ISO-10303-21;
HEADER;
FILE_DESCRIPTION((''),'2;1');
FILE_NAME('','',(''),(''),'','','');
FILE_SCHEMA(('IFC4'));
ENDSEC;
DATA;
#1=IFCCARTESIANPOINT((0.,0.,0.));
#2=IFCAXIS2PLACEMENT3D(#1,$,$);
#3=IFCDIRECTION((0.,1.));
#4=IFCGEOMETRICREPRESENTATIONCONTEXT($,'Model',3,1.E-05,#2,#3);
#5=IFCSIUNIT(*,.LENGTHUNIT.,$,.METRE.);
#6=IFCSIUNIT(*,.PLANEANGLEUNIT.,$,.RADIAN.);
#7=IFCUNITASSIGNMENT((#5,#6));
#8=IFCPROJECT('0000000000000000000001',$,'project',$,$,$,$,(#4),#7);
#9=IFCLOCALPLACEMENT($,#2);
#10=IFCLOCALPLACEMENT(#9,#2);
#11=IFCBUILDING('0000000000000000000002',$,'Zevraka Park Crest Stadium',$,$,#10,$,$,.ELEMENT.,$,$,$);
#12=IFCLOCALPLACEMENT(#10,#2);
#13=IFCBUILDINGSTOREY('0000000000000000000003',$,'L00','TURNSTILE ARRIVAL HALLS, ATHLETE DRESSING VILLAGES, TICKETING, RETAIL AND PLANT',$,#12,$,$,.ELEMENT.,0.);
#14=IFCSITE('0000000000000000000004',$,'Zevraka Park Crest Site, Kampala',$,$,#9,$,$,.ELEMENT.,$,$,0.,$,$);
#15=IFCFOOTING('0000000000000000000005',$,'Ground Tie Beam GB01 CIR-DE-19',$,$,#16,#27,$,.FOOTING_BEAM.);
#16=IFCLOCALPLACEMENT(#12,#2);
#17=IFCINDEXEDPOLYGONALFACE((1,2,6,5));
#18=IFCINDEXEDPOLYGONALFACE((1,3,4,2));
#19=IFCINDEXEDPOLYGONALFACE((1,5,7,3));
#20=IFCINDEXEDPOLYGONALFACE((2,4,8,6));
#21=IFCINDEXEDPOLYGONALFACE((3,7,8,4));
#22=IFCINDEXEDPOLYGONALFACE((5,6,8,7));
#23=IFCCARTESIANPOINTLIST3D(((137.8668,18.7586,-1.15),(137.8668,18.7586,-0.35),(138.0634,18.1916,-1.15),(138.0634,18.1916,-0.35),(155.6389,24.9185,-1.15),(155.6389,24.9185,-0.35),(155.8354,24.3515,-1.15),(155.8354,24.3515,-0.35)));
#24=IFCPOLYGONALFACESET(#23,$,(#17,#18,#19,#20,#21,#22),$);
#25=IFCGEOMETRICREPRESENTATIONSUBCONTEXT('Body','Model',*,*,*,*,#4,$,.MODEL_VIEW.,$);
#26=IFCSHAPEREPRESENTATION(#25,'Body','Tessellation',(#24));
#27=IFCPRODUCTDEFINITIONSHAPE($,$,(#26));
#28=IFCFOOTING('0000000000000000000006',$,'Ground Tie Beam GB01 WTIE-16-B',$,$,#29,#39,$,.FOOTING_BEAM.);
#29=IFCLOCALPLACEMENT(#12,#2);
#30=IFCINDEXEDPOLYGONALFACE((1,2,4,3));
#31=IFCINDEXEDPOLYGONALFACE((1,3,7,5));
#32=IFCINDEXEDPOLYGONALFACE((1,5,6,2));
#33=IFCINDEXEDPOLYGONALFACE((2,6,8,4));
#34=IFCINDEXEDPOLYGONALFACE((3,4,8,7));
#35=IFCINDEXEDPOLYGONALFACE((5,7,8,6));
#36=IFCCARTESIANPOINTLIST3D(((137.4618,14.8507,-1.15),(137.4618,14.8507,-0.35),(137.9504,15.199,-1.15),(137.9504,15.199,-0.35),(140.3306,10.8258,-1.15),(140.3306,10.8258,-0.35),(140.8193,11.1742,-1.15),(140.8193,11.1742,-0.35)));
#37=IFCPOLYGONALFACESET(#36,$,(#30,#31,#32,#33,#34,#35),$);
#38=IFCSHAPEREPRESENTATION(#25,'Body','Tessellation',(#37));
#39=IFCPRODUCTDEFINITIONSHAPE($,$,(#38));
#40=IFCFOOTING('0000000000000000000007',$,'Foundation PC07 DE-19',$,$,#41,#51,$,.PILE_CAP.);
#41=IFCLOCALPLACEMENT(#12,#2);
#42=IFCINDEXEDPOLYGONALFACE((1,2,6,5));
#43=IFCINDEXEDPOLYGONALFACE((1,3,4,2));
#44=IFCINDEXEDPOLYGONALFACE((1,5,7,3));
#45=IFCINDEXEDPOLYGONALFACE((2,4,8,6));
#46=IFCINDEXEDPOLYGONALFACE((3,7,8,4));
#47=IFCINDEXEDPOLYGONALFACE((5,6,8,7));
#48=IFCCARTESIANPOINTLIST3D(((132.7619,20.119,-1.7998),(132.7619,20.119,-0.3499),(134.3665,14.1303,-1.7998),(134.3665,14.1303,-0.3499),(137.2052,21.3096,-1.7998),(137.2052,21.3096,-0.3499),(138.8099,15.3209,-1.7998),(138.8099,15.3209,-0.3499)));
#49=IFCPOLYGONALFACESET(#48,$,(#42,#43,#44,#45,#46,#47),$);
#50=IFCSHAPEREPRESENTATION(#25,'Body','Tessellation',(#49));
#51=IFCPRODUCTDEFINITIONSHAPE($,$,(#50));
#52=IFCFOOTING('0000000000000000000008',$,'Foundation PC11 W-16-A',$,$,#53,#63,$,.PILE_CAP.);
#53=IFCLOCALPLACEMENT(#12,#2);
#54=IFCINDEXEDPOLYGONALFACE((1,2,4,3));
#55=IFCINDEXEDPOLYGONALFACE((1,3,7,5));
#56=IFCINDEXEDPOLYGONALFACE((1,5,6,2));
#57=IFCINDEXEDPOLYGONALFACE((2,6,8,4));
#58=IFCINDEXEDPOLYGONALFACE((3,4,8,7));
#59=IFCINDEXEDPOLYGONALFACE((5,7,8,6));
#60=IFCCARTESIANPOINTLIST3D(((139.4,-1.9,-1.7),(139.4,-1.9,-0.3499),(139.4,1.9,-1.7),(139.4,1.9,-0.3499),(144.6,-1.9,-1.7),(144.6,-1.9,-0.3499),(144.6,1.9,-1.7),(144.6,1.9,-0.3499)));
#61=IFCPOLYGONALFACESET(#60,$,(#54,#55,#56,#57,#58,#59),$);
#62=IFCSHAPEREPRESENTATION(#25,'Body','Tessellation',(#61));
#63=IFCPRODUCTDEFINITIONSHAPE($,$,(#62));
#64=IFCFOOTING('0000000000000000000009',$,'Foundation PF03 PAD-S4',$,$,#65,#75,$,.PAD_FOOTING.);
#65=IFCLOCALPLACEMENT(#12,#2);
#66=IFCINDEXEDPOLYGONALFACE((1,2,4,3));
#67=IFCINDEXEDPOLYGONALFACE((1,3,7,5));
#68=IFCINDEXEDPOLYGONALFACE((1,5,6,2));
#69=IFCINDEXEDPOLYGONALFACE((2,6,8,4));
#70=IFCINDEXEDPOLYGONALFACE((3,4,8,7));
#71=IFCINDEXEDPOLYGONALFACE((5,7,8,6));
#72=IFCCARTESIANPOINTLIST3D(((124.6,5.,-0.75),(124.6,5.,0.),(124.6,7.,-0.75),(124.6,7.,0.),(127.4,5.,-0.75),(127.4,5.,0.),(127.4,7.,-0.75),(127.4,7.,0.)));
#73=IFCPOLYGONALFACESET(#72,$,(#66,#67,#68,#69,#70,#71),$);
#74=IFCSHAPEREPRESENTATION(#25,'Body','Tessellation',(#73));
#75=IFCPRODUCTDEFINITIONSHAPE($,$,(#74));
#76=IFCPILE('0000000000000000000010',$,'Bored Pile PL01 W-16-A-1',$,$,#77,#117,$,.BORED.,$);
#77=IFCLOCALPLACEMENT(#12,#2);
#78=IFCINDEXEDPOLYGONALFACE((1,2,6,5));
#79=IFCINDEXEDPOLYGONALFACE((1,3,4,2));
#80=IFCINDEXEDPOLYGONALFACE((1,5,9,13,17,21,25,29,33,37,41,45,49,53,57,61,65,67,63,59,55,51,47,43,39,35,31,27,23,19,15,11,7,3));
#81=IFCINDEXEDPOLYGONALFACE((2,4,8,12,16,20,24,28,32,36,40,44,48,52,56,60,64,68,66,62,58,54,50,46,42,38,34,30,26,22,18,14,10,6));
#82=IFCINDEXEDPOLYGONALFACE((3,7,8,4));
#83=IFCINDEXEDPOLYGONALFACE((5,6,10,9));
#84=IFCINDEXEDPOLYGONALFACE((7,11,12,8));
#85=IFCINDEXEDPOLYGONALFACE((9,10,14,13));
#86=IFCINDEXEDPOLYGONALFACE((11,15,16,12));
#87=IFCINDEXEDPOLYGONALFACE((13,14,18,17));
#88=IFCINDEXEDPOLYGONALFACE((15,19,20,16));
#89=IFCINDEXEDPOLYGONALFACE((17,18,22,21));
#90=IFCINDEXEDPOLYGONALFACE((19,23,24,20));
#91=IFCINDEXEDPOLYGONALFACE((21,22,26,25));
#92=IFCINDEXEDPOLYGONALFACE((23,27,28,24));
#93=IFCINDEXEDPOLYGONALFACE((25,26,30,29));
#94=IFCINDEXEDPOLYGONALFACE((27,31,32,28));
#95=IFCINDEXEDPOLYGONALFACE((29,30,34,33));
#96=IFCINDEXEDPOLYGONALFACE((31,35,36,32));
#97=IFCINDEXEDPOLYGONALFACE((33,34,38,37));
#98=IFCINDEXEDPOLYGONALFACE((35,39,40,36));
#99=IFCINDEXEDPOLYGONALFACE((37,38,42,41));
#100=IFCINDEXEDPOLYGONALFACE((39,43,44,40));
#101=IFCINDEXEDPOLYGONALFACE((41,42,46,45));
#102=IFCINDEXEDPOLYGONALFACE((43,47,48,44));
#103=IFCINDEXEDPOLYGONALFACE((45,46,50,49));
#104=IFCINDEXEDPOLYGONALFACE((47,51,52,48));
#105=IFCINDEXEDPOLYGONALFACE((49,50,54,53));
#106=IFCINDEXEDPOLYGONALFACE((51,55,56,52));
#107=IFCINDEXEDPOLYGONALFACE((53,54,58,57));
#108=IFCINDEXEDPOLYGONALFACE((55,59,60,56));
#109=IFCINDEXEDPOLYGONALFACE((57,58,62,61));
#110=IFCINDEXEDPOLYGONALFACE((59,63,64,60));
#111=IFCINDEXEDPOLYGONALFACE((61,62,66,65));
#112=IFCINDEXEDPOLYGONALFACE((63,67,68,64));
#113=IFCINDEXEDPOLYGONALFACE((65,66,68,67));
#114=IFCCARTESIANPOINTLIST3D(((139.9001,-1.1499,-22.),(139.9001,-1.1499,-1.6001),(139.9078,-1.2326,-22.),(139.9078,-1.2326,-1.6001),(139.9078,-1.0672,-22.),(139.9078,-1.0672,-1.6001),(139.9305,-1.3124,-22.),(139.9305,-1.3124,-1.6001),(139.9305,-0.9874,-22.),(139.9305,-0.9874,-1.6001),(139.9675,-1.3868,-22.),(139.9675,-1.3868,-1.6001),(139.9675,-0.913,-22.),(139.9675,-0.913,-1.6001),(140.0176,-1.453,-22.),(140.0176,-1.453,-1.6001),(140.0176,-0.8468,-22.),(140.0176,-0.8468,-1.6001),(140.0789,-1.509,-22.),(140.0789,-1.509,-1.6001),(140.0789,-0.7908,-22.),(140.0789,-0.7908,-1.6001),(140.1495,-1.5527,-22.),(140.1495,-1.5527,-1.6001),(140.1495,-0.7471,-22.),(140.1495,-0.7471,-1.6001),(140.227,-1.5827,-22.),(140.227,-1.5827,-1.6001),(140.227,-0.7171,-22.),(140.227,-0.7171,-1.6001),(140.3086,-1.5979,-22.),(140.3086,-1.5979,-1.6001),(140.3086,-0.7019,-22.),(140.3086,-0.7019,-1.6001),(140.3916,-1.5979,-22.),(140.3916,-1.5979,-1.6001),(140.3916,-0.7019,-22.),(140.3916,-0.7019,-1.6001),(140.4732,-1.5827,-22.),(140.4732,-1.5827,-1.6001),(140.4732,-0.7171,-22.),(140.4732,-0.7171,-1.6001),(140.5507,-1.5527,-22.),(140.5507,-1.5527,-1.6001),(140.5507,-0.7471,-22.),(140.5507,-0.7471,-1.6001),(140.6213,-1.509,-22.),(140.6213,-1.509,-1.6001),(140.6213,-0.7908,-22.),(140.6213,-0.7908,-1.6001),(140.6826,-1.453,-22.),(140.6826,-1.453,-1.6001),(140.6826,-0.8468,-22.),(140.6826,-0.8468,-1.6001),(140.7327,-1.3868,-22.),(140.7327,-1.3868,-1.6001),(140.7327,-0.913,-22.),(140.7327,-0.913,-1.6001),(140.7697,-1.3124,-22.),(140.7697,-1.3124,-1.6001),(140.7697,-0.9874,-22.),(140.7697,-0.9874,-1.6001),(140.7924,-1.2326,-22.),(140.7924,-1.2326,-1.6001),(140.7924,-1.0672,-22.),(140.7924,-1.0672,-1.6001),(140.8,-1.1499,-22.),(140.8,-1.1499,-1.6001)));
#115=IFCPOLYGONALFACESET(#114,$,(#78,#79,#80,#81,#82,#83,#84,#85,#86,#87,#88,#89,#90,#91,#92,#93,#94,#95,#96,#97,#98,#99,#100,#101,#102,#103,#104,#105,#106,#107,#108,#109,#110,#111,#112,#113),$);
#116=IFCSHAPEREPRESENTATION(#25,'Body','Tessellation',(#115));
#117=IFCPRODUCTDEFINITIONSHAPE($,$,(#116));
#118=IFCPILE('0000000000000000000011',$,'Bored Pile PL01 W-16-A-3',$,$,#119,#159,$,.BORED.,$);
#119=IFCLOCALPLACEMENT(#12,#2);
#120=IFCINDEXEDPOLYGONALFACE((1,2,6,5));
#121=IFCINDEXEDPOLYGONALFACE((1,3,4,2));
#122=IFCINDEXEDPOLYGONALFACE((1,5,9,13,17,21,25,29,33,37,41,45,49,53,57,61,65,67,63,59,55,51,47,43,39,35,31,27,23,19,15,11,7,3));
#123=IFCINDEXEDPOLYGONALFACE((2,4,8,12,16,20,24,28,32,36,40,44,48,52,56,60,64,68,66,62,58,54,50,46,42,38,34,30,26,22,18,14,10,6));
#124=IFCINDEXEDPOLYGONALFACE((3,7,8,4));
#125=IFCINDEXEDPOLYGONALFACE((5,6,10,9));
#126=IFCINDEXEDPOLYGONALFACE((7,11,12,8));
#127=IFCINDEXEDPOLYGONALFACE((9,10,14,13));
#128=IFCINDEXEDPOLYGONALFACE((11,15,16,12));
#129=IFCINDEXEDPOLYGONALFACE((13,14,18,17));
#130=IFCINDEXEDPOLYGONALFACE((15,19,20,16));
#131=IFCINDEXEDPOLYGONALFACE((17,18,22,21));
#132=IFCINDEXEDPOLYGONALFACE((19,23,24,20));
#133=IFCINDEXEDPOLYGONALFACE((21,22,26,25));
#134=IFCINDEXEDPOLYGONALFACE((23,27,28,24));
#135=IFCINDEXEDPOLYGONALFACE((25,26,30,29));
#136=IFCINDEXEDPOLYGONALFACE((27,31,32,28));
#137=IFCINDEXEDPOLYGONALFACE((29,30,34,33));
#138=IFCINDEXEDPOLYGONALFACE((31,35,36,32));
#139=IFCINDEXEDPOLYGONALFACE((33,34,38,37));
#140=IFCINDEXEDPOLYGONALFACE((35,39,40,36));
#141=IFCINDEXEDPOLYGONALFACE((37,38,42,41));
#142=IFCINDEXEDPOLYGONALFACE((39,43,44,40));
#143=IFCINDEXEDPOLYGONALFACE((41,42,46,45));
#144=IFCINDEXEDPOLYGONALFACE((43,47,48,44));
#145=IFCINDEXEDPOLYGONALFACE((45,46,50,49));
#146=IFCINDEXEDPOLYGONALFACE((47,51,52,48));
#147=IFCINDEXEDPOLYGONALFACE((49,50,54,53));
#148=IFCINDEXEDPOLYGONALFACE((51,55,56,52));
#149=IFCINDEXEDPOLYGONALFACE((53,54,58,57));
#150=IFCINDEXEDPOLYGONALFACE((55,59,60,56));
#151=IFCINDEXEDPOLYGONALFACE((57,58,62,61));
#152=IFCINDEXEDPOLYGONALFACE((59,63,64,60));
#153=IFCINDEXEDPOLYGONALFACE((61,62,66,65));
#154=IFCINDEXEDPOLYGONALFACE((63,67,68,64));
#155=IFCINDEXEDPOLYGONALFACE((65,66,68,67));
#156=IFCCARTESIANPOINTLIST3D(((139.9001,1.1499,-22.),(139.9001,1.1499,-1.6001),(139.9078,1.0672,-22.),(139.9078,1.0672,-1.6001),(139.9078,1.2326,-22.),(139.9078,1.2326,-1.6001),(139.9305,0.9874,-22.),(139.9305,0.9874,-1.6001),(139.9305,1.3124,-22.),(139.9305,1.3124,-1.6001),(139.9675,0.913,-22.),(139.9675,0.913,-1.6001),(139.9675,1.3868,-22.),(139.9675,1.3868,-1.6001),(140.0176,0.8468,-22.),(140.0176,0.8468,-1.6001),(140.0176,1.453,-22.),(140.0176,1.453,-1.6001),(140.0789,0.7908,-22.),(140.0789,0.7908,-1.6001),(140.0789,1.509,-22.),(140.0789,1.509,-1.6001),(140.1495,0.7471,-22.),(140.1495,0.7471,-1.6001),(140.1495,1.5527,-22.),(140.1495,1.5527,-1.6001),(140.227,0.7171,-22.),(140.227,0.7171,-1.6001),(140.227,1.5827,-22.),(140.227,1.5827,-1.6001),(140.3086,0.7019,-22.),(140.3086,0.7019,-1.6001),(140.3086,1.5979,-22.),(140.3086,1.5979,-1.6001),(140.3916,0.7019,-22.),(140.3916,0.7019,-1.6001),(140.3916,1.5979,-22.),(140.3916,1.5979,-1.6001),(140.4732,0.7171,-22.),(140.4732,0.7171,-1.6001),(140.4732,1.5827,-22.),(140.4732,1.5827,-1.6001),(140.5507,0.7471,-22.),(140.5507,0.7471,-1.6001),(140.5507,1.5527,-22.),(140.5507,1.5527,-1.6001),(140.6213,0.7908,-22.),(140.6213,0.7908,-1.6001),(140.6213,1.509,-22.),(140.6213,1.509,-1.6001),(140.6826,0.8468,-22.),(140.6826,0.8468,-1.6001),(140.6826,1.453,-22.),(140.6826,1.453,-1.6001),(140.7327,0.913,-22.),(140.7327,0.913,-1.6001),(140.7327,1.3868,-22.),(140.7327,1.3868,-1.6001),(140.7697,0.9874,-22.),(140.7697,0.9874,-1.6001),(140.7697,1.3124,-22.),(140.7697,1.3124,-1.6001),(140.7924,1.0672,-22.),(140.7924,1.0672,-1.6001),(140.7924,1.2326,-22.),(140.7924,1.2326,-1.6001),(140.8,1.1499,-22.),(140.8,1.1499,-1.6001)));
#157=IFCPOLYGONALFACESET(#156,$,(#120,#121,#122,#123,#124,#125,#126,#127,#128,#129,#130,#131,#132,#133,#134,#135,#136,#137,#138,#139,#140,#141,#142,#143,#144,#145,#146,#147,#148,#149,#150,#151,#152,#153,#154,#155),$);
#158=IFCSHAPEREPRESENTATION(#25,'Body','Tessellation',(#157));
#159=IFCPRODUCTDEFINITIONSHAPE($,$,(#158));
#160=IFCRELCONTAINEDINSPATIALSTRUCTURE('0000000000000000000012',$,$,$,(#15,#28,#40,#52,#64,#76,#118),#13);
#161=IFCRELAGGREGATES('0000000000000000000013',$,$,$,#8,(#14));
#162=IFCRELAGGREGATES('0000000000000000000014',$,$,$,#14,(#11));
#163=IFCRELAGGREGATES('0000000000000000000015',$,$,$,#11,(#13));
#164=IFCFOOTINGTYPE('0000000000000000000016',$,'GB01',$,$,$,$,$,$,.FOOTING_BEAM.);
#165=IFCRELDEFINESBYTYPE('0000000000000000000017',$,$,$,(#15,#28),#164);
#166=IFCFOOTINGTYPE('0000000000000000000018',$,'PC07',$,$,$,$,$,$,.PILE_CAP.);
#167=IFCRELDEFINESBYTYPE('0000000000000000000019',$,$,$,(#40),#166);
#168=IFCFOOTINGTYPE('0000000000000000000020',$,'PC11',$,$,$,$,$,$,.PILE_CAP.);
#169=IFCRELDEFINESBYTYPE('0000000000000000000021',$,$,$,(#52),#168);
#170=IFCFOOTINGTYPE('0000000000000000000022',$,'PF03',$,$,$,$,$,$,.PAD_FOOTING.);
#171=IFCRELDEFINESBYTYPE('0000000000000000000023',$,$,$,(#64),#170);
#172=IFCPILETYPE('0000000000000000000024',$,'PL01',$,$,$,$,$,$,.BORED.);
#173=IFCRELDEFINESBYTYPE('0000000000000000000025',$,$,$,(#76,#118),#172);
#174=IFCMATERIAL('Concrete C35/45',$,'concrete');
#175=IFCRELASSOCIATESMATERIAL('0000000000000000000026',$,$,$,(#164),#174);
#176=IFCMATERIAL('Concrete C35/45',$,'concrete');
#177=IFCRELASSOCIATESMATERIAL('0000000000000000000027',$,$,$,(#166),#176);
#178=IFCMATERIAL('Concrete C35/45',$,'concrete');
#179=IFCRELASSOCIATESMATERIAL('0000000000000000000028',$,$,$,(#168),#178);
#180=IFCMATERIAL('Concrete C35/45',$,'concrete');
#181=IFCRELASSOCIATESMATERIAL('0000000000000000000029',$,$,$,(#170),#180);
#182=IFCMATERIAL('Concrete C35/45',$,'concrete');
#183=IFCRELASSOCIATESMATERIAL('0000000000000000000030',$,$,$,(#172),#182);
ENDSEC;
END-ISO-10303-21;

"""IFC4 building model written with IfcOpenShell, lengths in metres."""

from ifc_helpers import new_model, si_unit, direction, frame, origin, origin_2d, place, context, subcontext, project, spatial, rectangle, circle, extrude, material, material_profile, profile_set, type_object, element, save


model = new_model("IFC4")

# Units and contexts
model_context = context("Model", 3, precision=1e-05, world=origin(), true_north=direction((0.0, 1.0)))
body_context = subcontext(model_context, "Body", "Model", "MODEL_VIEW")
ifc_project = project(units=[si_unit("LENGTHUNIT", "METRE"), si_unit("PLANEANGLEUNIT", "RADIAN")], contexts=[model_context])

# Site, building, storey
site_placement = place(None, origin())
site = spatial("IfcSite", under=ifc_project, at=site_placement, Name="Zevraka Park Crest Site, Kampala", CompositionType="ELEMENT", RefElevation=0.0)
building_placement = place(site_placement, origin())
building = spatial("IfcBuilding", under=site, at=building_placement, Name="Zevraka Park Crest Stadium", CompositionType="ELEMENT")
storey_placement = place(building_placement, origin())
storey = spatial("IfcBuildingStorey", under=building, at=storey_placement, Name="L00", Description="TURNSTILE ARRIVAL HALLS, ATHLETE DRESSING VILLAGES, TICKETING, RETAIL AND PLANT", CompositionType="ELEMENT", Elevation=0.0)

# Footings
ifc_material_1 = material(Name="Concrete C35/45", Category="concrete")
ifc_material_profile_1 = material_profile(ifc_material_1, rectangle(XDim=0.6001, YDim=0.8, at=origin_2d()), Name="GB 800x600")
ifc_profile_set_1 = profile_set([ifc_material_profile_1], Name="Concrete C35/45")
footing_type_1 = type_object("IfcFootingType", Name="GB01", PredefinedType="FOOTING_BEAM", material=ifc_profile_set_1)
footing_1_placement = place(storey_placement, frame((137.9651, 18.4751, -0.75), z_axis=(0.944853, 0.327494, 0.0), x_axis=(-0.327494, 0.944853, 0.0)))
element("IfcFooting", 1, at=footing_1_placement, inside=storey, type_object=footing_type_1, Name="Ground Tie Beam GB01 CIR-DE-19", PredefinedType="FOOTING_BEAM", context=body_context, shape_type="SweptSolid", body=[
    extrude(rectangle(XDim=0.6001, YDim=0.8, at=origin_2d()), origin(), (0.0, 0.0, 1.0), 18.8093),
])
footing_2_placement = place(storey_placement, frame((140.575, 11.0, -0.75), z_axis=(-0.58043, 0.81431, 0.0), x_axis=(-0.81431, -0.58043, 0.0)))
element("IfcFooting", 2, at=footing_2_placement, inside=storey, type_object=footing_type_1, Name="Ground Tie Beam GB01 WTIE-16-B", PredefinedType="FOOTING_BEAM", context=body_context, shape_type="SweptSolid", body=[
    extrude(rectangle(XDim=0.6001, YDim=0.8, at=origin_2d()), origin(), (0.0, 0.0, 1.0), 4.9426),
])
ifc_material_2 = material(Name="Concrete C35/45", Category="concrete")
footing_type_2 = type_object("IfcFootingType", Name="PC07", PredefinedType="PILE_CAP", material=ifc_material_2)
footing_3_placement = place(storey_placement, frame((135.7859, 17.72, -1.7998), z_axis=(0.0, 0.0, 1.0), x_axis=(-0.258819, 0.965926, 0.0)))
element("IfcFooting", 3, at=footing_3_placement, inside=storey, type_object=footing_type_2, Name="Foundation PC07 DE-19", PredefinedType="PILE_CAP", context=body_context, shape_type="SweptSolid", body=[
    extrude(rectangle(XDim=6.2, YDim=4.6001, at=origin_2d()), origin(), (0.0, 0.0, 1.0), 1.45),
])
ifc_material_3 = material(Name="Concrete C35/45", Category="concrete")
footing_type_3 = type_object("IfcFootingType", Name="PC11", PredefinedType="PILE_CAP", material=ifc_material_3)
footing_4_placement = place(storey_placement, frame((142.0, 0.0, -1.7), z_axis=(0.0, 0.0, 1.0), x_axis=(1.0, 0.0, 0.0)))
element("IfcFooting", 4, at=footing_4_placement, inside=storey, type_object=footing_type_3, Name="Foundation PC11 W-16-A", PredefinedType="PILE_CAP", context=body_context, shape_type="SweptSolid", body=[
    extrude(rectangle(XDim=5.2, YDim=3.8, at=origin_2d()), origin(), (0.0, 0.0, 1.0), 1.3501),
])
ifc_material_4 = material(Name="Concrete C35/45", Category="concrete")
footing_type_4 = type_object("IfcFootingType", Name="PF03", PredefinedType="PAD_FOOTING", material=ifc_material_4)
footing_5_placement = place(storey_placement, frame((126.0, 6.0, -0.75), z_axis=(0.0, 0.0, 1.0), x_axis=(1.0, 0.0, 0.0)))
element("IfcFooting", 5, at=footing_5_placement, inside=storey, type_object=footing_type_4, Name="Foundation PF03 PAD-S4", PredefinedType="PAD_FOOTING", context=body_context, shape_type="SweptSolid", body=[
    extrude(rectangle(XDim=2.8, YDim=2.0, at=origin_2d()), origin(), (0.0, 0.0, 1.0), 0.75),
])

# Piles
ifc_material_5 = material(Name="Concrete C35/45", Category="concrete")
ifc_material_profile_2 = material_profile(ifc_material_5, circle(Radius=0.45, at=origin_2d()), Name="PILE D900")
ifc_profile_set_2 = profile_set([ifc_material_profile_2], Name="Concrete C35/45")
pile_type_1 = type_object("IfcPileType", Name="PL01", PredefinedType="BORED", material=ifc_profile_set_2)
for number, where, z_axis, x_axis, name in (
    (6, (140.3501, -1.1499, -1.6001), (0.0, 0.0, -1.0), (1.0, 0.0, 0.0), "Bored Pile PL01 W-16-A-1"),
    (7, (140.3501, 1.1499, -1.6001), (0.0, 0.0, -1.0), (1.0, 0.0, 0.0), "Bored Pile PL01 W-16-A-3"),
):
    element("IfcPile", number, at=place(storey_placement, frame(where, z_axis=z_axis, x_axis=x_axis)), inside=storey, type_object=pile_type_1, Name=name, PredefinedType="BORED", context=body_context, shape_type="SweptSolid", body=[
        extrude(circle(Radius=0.45, at=origin_2d()), origin(), (0.0, 0.0, 1.0), 20.3999),
    ])

save(model, "model.ifc")
